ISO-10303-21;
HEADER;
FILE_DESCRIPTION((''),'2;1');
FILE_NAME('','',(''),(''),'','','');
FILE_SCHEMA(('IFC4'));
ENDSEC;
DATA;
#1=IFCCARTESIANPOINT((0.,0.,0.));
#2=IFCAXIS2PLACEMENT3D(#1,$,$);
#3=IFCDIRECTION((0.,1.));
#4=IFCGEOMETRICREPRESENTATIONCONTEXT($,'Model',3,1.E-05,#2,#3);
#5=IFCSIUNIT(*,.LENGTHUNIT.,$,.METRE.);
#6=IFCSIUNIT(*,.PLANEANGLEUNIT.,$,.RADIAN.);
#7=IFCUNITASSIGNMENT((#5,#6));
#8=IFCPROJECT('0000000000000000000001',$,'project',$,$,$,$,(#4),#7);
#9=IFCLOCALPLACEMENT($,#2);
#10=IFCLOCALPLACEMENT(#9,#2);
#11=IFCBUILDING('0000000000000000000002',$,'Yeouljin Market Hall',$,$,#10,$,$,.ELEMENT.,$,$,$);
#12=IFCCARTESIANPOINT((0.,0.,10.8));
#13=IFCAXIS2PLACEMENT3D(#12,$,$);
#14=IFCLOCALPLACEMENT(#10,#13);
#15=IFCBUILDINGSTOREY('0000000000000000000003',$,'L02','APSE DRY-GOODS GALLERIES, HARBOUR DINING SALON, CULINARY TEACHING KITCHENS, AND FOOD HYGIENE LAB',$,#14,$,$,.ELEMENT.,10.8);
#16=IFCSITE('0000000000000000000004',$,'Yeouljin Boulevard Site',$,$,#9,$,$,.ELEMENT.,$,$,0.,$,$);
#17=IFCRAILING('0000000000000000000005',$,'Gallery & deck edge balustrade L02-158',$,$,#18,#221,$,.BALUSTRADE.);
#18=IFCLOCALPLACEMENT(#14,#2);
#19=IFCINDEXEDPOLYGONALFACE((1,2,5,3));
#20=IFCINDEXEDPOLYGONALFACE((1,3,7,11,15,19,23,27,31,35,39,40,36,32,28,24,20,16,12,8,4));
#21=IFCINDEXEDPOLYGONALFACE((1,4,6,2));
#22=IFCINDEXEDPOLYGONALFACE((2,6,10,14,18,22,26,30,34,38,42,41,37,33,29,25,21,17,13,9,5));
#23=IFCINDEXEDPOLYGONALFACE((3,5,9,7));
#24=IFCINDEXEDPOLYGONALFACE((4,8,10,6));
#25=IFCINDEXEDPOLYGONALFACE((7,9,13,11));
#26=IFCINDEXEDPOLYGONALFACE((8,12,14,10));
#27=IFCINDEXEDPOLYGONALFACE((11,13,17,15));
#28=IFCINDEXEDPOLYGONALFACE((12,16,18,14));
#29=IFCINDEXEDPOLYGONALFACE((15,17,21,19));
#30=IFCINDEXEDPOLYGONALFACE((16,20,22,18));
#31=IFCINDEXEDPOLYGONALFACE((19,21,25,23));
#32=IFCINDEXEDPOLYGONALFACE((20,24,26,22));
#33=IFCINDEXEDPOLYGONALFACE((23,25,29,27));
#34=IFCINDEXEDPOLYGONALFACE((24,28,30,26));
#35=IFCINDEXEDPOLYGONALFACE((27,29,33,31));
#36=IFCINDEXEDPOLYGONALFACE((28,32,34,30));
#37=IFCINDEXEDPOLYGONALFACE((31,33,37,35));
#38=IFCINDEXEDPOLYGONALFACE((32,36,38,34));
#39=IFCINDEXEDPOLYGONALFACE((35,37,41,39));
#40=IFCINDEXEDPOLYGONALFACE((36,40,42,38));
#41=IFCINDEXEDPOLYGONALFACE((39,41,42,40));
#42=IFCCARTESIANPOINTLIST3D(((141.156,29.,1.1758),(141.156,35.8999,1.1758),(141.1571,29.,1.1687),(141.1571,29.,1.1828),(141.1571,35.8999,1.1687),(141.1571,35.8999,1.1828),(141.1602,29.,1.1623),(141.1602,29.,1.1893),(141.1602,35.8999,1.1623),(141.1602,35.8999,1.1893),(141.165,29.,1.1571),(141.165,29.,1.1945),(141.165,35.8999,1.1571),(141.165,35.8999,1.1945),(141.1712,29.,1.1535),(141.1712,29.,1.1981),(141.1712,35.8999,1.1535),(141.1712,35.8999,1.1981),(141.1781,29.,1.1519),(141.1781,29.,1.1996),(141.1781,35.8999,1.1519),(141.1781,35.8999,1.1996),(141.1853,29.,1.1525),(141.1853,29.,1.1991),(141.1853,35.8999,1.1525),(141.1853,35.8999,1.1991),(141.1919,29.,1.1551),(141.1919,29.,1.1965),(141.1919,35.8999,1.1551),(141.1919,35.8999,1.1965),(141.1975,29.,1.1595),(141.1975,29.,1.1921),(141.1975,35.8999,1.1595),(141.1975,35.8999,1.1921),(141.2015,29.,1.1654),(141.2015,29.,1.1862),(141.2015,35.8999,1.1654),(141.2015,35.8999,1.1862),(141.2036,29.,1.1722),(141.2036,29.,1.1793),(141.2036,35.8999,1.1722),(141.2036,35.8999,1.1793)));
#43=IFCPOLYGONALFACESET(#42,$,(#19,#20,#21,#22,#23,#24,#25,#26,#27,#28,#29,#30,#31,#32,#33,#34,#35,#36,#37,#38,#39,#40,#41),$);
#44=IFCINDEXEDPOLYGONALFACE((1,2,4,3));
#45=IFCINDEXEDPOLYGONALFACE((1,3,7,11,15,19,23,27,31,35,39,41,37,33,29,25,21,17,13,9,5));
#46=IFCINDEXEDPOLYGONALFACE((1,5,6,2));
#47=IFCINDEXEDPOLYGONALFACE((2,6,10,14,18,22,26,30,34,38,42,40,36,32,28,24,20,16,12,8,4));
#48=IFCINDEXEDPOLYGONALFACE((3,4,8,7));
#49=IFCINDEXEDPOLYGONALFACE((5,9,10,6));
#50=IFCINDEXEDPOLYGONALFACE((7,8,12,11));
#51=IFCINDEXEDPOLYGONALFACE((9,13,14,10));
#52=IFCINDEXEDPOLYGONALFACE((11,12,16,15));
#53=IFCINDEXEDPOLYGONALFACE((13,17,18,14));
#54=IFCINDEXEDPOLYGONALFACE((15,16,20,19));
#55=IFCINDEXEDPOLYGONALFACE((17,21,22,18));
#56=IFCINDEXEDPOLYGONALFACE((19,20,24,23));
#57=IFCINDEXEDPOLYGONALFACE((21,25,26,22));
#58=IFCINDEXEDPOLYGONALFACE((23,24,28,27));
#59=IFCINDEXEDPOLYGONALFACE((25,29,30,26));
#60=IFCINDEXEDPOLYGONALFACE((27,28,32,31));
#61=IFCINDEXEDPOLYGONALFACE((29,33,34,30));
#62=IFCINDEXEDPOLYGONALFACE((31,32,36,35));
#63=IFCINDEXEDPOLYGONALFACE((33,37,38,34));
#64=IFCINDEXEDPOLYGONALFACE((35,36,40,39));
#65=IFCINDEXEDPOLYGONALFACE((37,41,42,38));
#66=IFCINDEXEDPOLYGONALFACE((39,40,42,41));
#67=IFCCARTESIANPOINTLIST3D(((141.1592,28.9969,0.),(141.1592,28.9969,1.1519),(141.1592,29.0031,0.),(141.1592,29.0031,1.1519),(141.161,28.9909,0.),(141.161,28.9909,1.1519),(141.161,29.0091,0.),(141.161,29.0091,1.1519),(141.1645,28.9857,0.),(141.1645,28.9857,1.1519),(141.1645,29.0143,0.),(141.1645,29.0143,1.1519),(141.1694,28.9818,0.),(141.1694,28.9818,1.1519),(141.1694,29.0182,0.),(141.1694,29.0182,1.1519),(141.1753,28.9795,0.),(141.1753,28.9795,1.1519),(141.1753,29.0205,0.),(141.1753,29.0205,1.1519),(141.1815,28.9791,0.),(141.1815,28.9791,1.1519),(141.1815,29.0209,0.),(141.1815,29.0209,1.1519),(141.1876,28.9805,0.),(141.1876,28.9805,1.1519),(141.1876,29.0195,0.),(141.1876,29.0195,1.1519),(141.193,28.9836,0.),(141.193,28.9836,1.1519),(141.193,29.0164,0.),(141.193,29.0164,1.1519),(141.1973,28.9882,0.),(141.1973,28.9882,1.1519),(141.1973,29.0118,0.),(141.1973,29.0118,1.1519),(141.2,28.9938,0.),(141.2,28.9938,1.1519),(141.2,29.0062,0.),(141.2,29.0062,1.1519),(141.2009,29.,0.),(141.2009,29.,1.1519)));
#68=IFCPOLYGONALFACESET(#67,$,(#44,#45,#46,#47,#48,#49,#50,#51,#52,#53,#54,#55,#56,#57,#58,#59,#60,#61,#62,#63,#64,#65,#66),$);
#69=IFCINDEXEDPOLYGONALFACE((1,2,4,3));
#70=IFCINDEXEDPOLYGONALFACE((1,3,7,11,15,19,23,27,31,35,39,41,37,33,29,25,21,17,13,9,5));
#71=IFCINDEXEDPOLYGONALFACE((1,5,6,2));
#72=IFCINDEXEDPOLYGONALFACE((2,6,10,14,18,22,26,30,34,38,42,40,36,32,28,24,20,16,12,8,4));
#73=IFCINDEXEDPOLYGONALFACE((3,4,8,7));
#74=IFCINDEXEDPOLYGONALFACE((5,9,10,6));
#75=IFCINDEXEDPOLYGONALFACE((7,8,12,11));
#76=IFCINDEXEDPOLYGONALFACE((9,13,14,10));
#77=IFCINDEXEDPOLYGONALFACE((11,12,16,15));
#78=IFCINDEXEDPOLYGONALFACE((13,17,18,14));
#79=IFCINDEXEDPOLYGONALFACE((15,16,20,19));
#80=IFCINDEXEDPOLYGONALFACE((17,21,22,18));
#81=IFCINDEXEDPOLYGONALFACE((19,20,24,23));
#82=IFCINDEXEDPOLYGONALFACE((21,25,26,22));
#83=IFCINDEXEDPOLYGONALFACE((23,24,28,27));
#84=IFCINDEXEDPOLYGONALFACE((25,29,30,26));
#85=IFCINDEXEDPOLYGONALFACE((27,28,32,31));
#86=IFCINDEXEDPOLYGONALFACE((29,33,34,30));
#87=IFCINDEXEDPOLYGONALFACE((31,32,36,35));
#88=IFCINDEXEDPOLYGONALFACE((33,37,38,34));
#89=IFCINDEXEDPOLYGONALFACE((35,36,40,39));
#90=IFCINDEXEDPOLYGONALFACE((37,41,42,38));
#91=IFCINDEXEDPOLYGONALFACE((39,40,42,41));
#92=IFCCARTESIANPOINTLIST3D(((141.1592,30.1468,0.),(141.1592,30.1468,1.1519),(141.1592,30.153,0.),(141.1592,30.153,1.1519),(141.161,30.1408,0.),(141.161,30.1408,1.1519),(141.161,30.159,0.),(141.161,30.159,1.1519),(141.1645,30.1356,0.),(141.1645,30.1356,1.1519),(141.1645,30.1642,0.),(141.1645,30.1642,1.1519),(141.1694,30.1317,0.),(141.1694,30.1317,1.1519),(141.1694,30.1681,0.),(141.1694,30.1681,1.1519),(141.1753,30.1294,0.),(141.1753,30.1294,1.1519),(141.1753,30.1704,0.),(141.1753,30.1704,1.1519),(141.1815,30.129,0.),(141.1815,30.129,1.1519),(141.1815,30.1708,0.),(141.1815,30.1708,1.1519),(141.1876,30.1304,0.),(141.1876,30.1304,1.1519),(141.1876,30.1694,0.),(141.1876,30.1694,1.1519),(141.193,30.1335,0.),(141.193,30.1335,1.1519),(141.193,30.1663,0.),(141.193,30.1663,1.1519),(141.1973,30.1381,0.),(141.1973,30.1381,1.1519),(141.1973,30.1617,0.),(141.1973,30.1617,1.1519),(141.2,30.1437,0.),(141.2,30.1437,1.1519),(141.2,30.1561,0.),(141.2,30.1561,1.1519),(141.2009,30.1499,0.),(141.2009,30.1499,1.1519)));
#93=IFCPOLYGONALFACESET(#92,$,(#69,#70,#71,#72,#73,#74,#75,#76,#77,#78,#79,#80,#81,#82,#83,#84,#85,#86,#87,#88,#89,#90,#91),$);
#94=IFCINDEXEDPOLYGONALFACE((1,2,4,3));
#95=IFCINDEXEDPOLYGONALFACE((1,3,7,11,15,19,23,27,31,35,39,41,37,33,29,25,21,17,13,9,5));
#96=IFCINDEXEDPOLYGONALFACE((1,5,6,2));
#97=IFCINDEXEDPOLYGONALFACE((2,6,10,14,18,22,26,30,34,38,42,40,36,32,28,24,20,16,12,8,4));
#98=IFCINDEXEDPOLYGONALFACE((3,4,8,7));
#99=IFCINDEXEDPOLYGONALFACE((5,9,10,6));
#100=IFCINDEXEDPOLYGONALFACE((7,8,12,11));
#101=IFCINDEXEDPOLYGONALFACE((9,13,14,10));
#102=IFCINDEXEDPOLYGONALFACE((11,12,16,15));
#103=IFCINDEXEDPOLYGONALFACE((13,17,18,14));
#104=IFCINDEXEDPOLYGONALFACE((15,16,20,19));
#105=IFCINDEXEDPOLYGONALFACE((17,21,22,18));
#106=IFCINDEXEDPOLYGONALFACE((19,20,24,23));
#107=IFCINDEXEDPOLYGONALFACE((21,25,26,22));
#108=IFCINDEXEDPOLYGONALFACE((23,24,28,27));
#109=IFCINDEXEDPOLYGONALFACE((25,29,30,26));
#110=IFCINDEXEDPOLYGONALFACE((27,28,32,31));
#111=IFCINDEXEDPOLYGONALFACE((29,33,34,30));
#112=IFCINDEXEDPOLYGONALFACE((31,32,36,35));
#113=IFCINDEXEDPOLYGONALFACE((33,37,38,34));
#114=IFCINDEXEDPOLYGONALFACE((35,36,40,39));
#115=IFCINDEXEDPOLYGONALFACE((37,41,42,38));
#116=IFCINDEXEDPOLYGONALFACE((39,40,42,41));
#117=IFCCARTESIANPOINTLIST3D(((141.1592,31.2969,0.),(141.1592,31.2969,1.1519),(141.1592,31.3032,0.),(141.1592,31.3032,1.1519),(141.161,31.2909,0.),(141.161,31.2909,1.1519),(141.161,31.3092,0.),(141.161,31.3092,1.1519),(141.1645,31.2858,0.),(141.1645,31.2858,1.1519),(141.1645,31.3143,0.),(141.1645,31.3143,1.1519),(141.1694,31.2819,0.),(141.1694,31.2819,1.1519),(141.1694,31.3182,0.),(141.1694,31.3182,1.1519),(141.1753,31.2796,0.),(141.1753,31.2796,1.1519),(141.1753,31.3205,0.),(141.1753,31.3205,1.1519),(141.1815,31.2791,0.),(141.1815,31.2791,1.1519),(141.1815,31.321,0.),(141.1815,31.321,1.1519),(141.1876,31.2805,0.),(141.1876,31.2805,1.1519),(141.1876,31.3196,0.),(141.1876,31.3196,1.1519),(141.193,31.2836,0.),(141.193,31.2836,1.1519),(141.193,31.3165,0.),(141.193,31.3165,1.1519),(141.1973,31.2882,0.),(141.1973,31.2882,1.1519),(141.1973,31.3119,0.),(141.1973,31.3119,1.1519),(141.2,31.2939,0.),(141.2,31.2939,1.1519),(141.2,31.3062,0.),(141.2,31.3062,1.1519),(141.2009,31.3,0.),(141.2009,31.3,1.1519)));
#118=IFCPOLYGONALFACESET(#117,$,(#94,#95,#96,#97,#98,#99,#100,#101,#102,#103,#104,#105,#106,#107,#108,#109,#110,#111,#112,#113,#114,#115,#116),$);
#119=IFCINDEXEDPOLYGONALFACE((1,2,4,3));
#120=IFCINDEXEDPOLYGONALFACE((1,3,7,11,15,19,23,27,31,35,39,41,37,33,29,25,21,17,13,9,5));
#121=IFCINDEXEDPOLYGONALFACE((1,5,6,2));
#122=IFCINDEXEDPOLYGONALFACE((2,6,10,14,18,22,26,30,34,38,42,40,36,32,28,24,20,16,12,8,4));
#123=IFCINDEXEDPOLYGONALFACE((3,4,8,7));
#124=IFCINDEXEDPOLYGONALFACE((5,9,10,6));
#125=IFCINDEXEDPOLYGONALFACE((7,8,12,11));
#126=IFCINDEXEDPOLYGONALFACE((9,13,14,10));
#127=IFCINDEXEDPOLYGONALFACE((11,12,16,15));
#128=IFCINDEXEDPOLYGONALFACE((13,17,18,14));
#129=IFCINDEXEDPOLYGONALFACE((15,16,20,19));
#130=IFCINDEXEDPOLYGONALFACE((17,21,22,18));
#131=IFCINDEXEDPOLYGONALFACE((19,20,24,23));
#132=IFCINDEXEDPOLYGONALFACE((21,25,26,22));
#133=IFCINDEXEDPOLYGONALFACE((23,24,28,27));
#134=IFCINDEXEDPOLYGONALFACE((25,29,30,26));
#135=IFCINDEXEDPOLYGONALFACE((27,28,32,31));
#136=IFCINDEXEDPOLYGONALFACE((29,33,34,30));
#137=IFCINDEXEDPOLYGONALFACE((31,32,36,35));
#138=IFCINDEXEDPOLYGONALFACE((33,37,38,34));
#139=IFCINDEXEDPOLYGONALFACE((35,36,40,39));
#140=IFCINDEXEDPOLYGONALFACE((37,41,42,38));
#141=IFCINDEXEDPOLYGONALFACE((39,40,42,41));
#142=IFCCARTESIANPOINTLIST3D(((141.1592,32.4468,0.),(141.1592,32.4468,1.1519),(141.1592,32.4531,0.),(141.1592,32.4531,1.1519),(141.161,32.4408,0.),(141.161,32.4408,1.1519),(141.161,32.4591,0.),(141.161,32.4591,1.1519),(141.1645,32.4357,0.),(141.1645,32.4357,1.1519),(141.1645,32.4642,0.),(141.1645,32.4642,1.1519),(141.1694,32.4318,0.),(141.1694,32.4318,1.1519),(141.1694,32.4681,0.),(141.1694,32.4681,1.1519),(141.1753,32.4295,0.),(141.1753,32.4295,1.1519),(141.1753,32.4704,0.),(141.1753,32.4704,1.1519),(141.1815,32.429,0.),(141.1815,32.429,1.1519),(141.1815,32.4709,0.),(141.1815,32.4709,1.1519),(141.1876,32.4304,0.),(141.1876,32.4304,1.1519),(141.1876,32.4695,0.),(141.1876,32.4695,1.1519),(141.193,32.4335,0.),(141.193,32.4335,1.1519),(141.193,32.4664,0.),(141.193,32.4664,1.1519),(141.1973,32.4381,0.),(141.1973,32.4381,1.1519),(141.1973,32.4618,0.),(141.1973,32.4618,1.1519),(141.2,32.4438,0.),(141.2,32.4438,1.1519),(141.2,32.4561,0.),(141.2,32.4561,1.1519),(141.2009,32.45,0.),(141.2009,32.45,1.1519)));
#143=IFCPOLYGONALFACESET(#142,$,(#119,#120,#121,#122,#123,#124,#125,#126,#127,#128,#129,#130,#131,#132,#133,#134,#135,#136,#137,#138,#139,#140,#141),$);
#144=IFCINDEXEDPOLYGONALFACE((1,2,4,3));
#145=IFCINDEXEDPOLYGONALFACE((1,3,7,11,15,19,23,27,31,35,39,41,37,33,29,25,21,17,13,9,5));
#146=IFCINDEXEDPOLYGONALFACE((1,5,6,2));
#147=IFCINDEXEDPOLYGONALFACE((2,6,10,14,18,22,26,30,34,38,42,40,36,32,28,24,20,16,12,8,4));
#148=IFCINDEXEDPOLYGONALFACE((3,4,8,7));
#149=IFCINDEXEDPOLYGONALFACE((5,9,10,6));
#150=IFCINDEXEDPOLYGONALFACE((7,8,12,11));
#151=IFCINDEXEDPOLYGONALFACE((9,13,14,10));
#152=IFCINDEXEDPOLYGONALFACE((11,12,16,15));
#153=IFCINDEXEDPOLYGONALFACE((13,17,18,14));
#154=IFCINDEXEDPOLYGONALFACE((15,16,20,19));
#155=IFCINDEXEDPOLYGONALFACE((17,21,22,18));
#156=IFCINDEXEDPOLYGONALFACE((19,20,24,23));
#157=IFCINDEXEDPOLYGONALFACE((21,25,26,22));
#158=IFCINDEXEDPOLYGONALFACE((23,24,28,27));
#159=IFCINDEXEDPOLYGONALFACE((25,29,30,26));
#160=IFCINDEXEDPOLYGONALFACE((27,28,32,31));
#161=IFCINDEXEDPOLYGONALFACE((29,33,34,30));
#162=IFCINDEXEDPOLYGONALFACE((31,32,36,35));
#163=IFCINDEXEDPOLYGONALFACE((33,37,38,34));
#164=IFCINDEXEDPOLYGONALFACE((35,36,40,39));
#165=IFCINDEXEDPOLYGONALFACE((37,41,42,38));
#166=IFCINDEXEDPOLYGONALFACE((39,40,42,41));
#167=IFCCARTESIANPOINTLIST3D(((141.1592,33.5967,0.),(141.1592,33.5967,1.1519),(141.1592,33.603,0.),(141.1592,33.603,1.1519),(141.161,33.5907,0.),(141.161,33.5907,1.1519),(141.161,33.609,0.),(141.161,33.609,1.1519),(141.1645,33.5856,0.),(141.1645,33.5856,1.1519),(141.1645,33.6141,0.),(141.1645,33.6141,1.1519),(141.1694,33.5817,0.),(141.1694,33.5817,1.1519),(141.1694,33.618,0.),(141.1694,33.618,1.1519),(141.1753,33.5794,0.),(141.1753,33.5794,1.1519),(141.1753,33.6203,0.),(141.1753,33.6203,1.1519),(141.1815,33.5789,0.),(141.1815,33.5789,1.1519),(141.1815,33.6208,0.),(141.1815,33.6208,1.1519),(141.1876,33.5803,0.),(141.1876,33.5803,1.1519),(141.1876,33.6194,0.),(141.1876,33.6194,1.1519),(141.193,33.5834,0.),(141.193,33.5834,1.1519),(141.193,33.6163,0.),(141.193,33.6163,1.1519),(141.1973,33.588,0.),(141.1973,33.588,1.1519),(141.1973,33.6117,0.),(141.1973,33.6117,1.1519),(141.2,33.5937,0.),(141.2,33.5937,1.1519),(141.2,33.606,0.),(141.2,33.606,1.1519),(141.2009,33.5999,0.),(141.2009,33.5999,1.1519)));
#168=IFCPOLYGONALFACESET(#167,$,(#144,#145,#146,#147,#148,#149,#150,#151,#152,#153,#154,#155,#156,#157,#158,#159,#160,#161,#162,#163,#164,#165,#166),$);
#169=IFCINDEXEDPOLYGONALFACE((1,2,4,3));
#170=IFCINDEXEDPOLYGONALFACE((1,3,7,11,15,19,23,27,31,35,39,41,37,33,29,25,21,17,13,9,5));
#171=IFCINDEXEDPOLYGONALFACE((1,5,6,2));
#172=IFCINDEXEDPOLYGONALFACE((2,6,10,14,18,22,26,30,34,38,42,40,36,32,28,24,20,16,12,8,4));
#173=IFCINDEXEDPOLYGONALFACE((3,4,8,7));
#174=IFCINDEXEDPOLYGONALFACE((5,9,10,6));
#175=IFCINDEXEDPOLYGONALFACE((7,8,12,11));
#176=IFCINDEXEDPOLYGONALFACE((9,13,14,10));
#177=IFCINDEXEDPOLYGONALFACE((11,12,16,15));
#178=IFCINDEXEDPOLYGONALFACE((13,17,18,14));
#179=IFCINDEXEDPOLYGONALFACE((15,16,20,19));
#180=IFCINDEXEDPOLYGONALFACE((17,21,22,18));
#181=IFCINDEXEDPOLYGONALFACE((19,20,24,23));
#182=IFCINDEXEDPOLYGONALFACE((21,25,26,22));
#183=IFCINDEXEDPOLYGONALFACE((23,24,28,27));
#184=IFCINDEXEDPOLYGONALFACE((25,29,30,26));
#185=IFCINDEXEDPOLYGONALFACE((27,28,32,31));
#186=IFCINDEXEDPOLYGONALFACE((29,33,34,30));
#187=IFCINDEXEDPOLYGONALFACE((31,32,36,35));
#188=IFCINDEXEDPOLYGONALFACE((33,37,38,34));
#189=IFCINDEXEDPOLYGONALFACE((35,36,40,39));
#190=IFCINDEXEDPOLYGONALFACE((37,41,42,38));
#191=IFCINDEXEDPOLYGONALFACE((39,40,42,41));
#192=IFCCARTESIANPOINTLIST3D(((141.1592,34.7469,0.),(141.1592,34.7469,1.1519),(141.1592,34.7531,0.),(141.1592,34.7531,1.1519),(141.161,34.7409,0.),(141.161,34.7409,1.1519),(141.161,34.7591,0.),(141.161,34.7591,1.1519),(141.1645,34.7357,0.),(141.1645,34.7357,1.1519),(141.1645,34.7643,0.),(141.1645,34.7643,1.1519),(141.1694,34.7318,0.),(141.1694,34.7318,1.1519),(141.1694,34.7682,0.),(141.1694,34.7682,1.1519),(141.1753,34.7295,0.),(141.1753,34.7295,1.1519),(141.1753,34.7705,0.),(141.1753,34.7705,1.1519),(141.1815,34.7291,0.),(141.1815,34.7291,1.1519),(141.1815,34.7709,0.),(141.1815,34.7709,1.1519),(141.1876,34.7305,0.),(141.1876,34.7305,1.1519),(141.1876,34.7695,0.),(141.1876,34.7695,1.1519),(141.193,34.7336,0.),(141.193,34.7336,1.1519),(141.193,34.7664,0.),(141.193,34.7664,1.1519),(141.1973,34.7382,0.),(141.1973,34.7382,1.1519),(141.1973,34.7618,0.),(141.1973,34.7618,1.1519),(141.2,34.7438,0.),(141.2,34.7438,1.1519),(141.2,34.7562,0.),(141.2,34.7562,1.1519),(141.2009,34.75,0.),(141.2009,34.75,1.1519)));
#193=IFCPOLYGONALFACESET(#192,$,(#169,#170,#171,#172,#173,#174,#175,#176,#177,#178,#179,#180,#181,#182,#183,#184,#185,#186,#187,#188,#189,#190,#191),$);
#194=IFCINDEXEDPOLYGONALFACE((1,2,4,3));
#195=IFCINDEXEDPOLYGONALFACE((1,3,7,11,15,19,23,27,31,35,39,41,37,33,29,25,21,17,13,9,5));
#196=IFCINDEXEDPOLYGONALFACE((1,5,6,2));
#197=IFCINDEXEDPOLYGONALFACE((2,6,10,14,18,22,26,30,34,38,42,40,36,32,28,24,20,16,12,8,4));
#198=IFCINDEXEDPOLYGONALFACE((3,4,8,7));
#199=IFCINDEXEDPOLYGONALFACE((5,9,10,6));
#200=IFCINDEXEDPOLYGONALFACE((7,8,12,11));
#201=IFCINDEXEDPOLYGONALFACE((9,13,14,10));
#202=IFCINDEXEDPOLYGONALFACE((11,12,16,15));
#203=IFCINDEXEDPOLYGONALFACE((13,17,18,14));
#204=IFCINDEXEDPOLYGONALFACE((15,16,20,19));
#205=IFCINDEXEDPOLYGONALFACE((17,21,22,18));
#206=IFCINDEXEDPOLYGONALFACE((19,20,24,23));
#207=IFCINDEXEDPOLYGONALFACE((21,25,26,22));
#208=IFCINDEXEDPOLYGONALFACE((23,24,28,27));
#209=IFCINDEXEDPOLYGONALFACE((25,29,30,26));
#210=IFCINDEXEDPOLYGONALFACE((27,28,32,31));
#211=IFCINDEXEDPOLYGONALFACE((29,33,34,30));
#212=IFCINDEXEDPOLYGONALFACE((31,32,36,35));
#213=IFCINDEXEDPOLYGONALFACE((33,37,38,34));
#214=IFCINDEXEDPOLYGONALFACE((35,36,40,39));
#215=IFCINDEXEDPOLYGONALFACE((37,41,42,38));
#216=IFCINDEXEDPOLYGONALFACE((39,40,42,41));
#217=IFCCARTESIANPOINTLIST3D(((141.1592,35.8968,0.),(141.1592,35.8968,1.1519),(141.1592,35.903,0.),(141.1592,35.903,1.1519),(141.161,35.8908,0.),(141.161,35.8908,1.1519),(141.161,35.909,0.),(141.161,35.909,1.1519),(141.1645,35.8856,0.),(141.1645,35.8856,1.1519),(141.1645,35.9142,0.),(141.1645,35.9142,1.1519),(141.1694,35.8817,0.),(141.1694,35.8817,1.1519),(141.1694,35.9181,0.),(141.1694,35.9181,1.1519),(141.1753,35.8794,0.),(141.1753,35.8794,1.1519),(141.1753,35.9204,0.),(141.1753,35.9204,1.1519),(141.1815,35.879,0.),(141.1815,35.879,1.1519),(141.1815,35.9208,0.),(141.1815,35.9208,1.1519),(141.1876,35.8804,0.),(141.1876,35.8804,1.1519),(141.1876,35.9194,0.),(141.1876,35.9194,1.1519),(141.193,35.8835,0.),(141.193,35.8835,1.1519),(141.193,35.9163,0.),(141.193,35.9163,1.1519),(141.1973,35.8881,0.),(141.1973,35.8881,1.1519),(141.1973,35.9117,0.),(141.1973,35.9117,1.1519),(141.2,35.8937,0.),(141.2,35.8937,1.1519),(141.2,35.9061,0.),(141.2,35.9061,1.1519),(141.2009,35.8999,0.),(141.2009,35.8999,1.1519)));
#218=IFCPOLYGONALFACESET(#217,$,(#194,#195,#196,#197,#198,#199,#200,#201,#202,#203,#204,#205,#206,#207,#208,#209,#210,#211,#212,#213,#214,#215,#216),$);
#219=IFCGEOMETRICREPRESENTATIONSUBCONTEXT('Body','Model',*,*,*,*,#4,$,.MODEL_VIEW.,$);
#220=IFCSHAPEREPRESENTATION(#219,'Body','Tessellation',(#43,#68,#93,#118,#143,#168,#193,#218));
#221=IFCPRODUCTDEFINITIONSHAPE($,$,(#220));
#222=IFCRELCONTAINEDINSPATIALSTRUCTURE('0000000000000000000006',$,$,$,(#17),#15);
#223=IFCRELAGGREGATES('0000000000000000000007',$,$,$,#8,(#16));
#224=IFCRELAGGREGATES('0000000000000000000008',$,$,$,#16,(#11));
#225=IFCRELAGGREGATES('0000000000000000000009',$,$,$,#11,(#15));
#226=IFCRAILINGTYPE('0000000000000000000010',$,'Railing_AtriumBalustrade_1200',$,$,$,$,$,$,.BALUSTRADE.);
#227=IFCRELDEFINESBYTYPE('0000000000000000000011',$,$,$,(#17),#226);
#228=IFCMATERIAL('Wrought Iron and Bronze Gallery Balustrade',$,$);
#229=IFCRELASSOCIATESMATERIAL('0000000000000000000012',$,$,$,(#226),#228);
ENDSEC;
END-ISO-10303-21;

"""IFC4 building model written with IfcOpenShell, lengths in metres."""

from ifc_helpers import new_model, si_unit, direction, frame, origin, origin_2d, place, context, subcontext, project, spatial, circle, extrude, material, type_object, element, save


model = new_model("IFC4")

# Units and contexts
model_context = context("Model", 3, precision=1e-05, world=origin(), true_north=direction((0.0, 1.0)))
body_context = subcontext(model_context, "Body", "Model", "MODEL_VIEW")
ifc_project = project(units=[si_unit("LENGTHUNIT", "METRE"), si_unit("PLANEANGLEUNIT", "RADIAN")], contexts=[model_context])

# Site, building, storey
site_placement = place(None, origin())
site = spatial("IfcSite", under=ifc_project, at=site_placement, Name="Yeouljin Boulevard Site", CompositionType="ELEMENT", RefElevation=0.0)
building_placement = place(site_placement, origin())
building = spatial("IfcBuilding", under=site, at=building_placement, Name="Yeouljin Market Hall", CompositionType="ELEMENT")
storey_placement = place(building_placement, frame((0.0, 0.0, 10.8)))
storey = spatial("IfcBuildingStorey", under=building, at=storey_placement, Name="L02", Description="APSE DRY-GOODS GALLERIES, HARBOUR DINING SALON, CULINARY TEACHING KITCHENS, AND FOOD HYGIENE LAB", CompositionType="ELEMENT", Elevation=10.8)

# Railing
ifc_material_1 = material(Name="Wrought Iron and Bronze Gallery Balustrade")
railing_type = type_object("IfcRailingType", Name="Railing_AtriumBalustrade_1200", PredefinedType="BALUSTRADE", material=ifc_material_1)
railing_1_placement = place(storey_placement, frame((141.1799, 29.0, 0.0)))
element("IfcRailing", 1, at=railing_1_placement, inside=storey, type_object=railing_type, Name="Gallery & deck edge balustrade L02-158", PredefinedType="BALUSTRADE", context=body_context, shape_type="SweptSolid", body=[
    extrude(circle(Radius=0.0239, at=origin_2d()), frame((0.0, 0.0, 1.1758), z_axis=(0.0, 1.0, 0.0), x_axis=(-1.0, 0.0, 0.0)), (0.0, 0.0, 1.0), 6.8999),
    extrude(circle(Radius=0.021, at=origin_2d()), origin(), (0.0, 0.0, 1.0), 1.1519),
    extrude(circle(Radius=0.021, at=origin_2d()), frame((0.0, 1.1499, 0.0)), (0.0, 0.0, 1.0), 1.1519),
    extrude(circle(Radius=0.021, at=origin_2d()), frame((0.0, 2.3, 0.0)), (0.0, 0.0, 1.0), 1.1519),
    extrude(circle(Radius=0.021, at=origin_2d()), frame((0.0, 3.45, 0.0)), (0.0, 0.0, 1.0), 1.1519),
    extrude(circle(Radius=0.021, at=origin_2d()), frame((0.0, 4.5999, 0.0)), (0.0, 0.0, 1.0), 1.1519),
    extrude(circle(Radius=0.021, at=origin_2d()), frame((0.0, 5.75, 0.0)), (0.0, 0.0, 1.0), 1.1519),
    extrude(circle(Radius=0.021, at=origin_2d()), frame((0.0, 6.8999, 0.0)), (0.0, 0.0, 1.0), 1.1519),
])

save(model, "model.ifc")
